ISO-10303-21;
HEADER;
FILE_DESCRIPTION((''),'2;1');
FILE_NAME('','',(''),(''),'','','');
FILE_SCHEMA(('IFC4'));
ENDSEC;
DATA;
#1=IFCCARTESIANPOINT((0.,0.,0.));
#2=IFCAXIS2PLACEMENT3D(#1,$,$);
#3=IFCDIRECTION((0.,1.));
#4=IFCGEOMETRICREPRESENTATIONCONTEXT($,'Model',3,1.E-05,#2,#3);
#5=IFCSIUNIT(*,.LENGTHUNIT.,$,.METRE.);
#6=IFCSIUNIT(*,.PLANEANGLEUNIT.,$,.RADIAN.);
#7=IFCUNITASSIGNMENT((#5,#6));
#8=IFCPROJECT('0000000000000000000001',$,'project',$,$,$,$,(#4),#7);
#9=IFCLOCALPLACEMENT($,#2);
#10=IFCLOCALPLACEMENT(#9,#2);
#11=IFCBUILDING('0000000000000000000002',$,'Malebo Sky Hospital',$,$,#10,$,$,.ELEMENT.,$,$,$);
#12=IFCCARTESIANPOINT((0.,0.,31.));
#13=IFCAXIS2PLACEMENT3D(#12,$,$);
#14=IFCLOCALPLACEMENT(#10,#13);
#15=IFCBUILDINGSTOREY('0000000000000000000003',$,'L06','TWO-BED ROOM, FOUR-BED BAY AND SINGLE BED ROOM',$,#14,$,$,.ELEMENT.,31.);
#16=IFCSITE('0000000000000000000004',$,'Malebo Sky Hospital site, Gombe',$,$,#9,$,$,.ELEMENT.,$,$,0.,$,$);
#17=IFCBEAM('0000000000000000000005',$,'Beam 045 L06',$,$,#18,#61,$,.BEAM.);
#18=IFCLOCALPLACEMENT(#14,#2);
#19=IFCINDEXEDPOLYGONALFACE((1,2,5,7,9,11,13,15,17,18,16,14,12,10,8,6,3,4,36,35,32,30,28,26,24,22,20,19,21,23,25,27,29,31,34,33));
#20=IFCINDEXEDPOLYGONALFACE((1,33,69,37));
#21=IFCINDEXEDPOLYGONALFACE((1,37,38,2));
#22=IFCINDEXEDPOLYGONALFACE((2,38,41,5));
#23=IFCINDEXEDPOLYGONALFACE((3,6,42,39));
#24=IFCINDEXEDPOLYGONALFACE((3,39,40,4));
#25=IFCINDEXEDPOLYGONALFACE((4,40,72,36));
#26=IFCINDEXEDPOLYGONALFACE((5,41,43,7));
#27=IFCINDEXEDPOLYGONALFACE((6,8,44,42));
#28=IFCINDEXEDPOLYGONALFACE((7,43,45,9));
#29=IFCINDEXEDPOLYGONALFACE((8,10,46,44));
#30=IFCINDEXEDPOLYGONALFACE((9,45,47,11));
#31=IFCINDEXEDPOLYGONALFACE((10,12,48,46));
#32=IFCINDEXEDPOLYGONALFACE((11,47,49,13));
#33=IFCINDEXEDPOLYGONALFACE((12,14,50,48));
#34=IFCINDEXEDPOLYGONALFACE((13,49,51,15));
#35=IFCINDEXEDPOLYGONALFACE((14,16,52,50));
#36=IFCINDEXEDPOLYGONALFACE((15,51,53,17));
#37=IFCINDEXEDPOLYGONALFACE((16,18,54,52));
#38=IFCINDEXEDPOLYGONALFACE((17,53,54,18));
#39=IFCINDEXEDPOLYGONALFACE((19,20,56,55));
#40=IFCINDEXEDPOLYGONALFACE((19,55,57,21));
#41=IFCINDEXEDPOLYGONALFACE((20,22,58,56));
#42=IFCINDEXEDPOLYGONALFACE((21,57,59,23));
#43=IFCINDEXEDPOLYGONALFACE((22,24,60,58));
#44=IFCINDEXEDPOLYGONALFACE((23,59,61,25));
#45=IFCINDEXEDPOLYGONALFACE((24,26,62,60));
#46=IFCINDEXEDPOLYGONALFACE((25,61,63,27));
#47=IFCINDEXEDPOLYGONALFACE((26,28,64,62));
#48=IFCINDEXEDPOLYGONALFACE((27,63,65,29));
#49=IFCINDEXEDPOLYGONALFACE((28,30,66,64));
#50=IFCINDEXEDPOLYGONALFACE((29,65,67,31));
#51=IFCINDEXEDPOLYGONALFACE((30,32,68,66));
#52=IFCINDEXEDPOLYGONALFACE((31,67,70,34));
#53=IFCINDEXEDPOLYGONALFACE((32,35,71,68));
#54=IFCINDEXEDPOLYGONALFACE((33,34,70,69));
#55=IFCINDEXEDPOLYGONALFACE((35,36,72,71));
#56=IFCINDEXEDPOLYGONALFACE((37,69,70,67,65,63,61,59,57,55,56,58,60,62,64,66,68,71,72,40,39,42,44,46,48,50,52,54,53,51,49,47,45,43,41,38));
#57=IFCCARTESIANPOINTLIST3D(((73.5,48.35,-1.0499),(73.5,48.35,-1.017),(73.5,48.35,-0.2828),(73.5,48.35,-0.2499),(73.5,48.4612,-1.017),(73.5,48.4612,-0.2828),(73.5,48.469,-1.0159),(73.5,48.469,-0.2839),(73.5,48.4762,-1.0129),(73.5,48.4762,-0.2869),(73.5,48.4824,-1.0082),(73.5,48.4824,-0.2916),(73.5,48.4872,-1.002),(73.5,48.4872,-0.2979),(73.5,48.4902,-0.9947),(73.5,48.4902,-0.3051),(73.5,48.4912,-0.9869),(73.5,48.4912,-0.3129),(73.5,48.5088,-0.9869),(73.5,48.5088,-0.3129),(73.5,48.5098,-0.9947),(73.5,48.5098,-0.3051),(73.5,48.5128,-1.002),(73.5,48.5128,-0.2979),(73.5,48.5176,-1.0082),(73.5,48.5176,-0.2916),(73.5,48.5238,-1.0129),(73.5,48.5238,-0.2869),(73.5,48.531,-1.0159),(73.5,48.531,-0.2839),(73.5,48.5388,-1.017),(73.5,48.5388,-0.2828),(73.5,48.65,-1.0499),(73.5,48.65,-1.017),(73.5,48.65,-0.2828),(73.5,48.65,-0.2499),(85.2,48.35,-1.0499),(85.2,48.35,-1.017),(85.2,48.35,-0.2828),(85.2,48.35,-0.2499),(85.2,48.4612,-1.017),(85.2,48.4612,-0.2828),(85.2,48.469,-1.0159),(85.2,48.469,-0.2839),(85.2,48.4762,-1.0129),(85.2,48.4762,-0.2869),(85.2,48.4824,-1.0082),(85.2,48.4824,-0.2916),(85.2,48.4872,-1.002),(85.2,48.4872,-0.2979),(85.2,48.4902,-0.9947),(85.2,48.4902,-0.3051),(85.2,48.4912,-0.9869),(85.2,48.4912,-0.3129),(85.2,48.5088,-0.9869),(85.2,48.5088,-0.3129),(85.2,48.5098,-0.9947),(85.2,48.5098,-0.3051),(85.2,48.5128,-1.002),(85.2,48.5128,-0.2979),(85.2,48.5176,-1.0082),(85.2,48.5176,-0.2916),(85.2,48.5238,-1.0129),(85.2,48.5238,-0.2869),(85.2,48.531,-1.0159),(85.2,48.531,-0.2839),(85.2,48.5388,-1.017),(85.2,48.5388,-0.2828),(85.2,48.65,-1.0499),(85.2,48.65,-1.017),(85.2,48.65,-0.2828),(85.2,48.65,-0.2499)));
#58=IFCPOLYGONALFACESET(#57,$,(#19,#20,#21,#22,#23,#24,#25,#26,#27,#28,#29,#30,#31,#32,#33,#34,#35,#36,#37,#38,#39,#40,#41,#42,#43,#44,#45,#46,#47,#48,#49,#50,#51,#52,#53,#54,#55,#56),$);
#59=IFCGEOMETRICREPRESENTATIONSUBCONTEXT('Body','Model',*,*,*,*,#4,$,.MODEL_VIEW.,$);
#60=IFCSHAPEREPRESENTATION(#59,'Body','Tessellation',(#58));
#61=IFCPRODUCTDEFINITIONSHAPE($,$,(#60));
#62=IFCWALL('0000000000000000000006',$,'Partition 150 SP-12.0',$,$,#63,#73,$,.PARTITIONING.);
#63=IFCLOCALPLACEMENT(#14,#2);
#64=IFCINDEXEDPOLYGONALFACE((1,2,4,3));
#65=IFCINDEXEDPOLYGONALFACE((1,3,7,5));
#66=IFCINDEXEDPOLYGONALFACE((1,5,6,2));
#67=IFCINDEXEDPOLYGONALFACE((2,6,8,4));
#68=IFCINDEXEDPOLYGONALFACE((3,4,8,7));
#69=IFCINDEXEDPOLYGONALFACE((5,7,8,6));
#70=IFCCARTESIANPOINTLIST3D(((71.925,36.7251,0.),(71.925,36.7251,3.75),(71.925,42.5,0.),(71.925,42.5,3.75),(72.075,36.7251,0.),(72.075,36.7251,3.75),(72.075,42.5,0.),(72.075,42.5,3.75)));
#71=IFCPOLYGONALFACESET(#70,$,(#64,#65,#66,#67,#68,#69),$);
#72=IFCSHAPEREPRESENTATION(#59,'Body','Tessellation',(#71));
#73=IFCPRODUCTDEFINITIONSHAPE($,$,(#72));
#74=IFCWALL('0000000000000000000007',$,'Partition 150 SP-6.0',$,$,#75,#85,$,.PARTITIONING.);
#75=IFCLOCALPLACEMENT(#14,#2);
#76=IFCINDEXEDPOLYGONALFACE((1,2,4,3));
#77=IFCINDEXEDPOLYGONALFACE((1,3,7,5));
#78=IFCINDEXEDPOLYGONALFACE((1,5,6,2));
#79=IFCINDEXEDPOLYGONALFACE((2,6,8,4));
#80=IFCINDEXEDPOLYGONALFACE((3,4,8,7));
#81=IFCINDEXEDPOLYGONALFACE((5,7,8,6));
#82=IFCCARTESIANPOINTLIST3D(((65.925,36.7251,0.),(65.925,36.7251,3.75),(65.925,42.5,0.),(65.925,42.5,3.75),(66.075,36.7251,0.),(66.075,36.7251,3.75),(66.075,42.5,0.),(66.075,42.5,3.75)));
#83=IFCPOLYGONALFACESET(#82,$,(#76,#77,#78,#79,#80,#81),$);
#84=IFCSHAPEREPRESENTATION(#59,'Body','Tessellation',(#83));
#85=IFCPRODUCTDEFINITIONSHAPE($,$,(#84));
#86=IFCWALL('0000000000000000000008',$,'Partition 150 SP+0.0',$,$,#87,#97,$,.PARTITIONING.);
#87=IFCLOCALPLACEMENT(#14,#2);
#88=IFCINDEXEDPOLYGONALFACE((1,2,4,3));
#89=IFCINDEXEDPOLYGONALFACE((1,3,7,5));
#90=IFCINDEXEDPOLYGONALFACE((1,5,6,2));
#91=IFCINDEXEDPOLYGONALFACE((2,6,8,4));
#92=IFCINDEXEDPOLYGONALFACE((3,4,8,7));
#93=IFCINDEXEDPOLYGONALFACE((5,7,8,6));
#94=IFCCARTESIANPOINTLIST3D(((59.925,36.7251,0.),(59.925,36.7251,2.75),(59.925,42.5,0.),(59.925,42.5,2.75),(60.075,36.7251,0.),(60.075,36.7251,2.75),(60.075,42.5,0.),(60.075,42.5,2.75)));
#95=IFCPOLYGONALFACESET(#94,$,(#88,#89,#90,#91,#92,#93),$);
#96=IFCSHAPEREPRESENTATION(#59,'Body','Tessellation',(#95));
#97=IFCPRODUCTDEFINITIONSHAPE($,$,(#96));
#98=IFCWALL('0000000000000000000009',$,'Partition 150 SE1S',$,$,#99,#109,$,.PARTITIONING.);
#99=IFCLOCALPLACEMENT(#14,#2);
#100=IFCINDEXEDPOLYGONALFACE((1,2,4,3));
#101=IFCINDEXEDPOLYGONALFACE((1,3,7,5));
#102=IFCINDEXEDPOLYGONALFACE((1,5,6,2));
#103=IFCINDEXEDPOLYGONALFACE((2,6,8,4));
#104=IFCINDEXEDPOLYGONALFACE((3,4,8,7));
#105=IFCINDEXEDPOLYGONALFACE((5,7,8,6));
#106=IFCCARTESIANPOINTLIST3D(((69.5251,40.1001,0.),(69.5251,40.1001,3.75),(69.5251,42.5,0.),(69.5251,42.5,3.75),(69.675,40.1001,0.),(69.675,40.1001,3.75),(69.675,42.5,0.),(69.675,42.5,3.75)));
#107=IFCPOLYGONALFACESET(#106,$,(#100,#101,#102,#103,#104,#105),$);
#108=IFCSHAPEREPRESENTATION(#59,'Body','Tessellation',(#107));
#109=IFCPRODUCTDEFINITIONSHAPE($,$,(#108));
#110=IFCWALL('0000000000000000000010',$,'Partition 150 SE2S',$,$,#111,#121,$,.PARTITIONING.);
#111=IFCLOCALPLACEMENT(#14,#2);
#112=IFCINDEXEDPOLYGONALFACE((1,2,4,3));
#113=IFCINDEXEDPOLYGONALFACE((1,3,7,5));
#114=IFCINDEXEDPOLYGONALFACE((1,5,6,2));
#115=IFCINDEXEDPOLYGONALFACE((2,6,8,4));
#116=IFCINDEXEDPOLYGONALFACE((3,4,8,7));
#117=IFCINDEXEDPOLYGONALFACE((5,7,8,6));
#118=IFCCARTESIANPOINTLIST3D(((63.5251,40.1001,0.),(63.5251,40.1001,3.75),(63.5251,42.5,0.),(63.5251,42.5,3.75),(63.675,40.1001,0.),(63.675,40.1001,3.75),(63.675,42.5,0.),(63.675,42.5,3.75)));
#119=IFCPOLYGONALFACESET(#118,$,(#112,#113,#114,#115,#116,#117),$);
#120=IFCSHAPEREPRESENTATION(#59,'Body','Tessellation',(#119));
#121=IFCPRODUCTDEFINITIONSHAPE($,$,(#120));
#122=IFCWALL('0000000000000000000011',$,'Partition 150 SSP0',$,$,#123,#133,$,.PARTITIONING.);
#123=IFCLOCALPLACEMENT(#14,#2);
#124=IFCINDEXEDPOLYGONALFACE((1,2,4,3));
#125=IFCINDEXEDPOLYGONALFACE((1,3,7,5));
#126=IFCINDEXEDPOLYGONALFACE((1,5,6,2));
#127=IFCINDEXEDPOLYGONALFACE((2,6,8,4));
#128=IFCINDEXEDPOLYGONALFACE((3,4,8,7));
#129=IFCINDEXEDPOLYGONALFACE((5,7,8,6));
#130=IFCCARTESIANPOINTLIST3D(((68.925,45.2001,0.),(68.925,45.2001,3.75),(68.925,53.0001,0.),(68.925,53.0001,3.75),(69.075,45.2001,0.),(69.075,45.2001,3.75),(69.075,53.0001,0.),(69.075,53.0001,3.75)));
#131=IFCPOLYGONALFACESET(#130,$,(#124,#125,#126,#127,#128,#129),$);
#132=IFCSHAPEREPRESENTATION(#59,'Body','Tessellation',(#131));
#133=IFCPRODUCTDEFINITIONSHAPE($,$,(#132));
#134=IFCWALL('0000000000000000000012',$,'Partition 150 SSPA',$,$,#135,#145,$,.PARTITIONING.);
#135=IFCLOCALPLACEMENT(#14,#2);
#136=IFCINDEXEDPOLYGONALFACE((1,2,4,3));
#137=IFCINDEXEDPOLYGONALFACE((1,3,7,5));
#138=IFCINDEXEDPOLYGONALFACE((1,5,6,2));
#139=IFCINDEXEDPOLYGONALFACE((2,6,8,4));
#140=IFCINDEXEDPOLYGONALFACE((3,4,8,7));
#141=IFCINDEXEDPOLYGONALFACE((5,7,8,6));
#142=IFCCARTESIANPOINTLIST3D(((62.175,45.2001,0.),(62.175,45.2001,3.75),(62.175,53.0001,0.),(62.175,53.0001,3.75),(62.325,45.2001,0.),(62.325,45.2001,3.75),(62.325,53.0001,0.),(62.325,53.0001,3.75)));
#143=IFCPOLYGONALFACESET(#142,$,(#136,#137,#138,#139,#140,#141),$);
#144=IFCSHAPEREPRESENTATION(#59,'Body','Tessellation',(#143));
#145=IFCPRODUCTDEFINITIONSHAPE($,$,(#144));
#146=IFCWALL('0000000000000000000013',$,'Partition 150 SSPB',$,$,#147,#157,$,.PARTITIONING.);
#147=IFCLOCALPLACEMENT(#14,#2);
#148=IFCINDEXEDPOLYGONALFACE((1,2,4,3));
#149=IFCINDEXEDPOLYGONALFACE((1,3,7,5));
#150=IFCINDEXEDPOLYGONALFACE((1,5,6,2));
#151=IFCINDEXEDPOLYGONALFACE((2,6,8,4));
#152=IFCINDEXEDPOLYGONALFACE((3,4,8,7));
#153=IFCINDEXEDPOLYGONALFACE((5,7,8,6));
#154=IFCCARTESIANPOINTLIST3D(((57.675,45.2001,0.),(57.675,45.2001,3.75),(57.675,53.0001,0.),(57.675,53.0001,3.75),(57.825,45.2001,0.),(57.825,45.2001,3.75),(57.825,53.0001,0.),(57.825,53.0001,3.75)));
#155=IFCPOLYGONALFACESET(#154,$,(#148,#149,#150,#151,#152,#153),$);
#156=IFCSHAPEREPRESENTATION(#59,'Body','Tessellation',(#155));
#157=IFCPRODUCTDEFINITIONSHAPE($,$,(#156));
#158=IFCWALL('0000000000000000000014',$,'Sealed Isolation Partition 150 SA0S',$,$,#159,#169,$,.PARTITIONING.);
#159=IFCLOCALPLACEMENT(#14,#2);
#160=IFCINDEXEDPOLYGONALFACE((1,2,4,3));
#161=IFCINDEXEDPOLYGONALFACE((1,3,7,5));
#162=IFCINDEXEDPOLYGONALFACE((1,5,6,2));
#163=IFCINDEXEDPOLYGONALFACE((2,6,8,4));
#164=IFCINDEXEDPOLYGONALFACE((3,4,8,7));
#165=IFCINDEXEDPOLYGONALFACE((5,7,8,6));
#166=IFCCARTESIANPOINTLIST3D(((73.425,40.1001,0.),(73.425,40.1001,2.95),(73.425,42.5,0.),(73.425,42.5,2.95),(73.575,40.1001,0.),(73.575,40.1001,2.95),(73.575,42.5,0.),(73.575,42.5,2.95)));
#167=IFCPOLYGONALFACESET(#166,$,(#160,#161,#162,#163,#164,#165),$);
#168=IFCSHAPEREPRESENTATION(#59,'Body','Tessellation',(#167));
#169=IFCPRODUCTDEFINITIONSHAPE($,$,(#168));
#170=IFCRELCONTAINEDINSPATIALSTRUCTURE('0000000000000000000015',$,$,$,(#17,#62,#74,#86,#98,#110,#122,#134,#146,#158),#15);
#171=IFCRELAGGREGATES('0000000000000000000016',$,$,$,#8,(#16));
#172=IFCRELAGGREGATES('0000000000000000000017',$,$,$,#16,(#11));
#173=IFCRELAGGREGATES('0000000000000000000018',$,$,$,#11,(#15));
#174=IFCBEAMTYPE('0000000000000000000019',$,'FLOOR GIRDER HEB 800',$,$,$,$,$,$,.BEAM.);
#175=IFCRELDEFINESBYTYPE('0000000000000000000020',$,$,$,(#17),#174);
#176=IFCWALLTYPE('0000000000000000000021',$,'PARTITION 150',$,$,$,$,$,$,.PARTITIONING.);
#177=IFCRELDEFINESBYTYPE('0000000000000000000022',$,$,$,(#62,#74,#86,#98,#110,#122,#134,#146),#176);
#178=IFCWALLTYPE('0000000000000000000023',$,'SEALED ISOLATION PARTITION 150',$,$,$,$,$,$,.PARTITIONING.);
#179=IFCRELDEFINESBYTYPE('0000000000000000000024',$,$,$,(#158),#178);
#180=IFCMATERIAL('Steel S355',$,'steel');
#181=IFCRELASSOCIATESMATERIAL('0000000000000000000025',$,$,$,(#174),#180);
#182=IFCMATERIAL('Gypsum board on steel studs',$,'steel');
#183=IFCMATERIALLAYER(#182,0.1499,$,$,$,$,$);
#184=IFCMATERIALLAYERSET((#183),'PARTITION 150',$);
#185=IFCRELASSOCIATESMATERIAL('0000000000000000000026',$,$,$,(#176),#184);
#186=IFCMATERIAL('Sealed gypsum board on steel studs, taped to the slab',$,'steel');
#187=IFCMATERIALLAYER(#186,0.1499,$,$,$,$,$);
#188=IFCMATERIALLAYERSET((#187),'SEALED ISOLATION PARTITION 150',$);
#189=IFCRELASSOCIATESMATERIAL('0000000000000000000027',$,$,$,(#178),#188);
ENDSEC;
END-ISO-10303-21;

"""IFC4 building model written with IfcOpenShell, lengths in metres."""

from ifc_helpers import new_model, si_unit, direction, frame, frame_2d, origin, origin_2d, place, context, subcontext, project, spatial, rectangle, i_section, extrude, material, layer, layer_set, material_profile, profile_set, type_object, element, save


model = new_model("IFC4")

# Units and contexts
model_context = context("Model", 3, precision=1e-05, world=origin(), true_north=direction((0.0, 1.0)))
body_context = subcontext(model_context, "Body", "Model", "MODEL_VIEW")
ifc_project = project(units=[si_unit("LENGTHUNIT", "METRE"), si_unit("PLANEANGLEUNIT", "RADIAN")], contexts=[model_context])

# Site, building, storey
site_placement = place(None, origin())
site = spatial("IfcSite", under=ifc_project, at=site_placement, Name="Malebo Sky Hospital site, Gombe", CompositionType="ELEMENT", RefElevation=0.0)
building_placement = place(site_placement, origin())
building = spatial("IfcBuilding", under=site, at=building_placement, Name="Malebo Sky Hospital", CompositionType="ELEMENT")
storey_placement = place(building_placement, frame((0.0, 0.0, 31.0)))
storey = spatial("IfcBuildingStorey", under=building, at=storey_placement, Name="L06", Description="TWO-BED ROOM, FOUR-BED BAY AND SINGLE BED ROOM", CompositionType="ELEMENT", Elevation=31.0)

# Beam
ifc_material_1 = material(Name="Steel S355", Category="steel")
ifc_material_profile_1 = material_profile(ifc_material_1, i_section(OverallWidth=0.3, OverallDepth=0.8, WebThickness=0.0176, FlangeThickness=0.033, FilletRadius=0.03, at=origin_2d()), Name="HEB 800")
ifc_profile_set_1 = profile_set([ifc_material_profile_1], Name="Steel S355")
beam_type_1 = type_object("IfcBeamType", Name="FLOOR GIRDER HEB 800", PredefinedType="BEAM", material=ifc_profile_set_1)
beam_1_placement = place(storey_placement, frame((73.5, 48.5, -0.6499), z_axis=(1.0, 0.0, 0.0), x_axis=(0.0, 1.0, 0.0)))
element("IfcBeam", 1, at=beam_1_placement, inside=storey, type_object=beam_type_1, Name="Beam 045 L06", PredefinedType="BEAM", context=body_context, shape_type="SweptSolid", body=[
    extrude(i_section(OverallWidth=0.3, OverallDepth=0.8, WebThickness=0.0176, FlangeThickness=0.033, FilletRadius=0.03, at=origin_2d()), origin(), (0.0, 0.0, 1.0), 11.7),
])

# Walls
ifc_material_2 = material(Name="Gypsum board on steel studs", Category="steel")
ifc_layer_1 = layer(ifc_material_2, 0.1499)
ifc_layer_set_1 = layer_set([ifc_layer_1], Name="PARTITION 150")
wall_type_1 = type_object("IfcWallType", Name="PARTITION 150", PredefinedType="PARTITIONING", material=ifc_layer_set_1)
for number, where, z_axis, x_axis, name in (
    (2, (72.0, 42.5, 0.0), (0.0, 0.0, 1.0), (0.0, -1.0, 0.0), "Partition 150 SP-12.0"),
    (3, (66.0, 42.5, 0.0), (0.0, 0.0, 1.0), (0.0, -1.0, 0.0), "Partition 150 SP-6.0"),
):
    element("IfcWall", number, at=place(storey_placement, frame(where, z_axis=z_axis, x_axis=x_axis)), inside=storey, type_object=wall_type_1, Name=name, PredefinedType="PARTITIONING", context=body_context, shape_type="SweptSolid", body=[
        extrude(rectangle(XDim=5.7749, YDim=0.1499, at=frame_2d((2.8875, 0.0))), origin(), (0.0, 0.0, 1.0), 3.75),
    ])
wall_1_placement = place(storey_placement, frame((60.0, 42.5, 0.0), z_axis=(0.0, 0.0, 1.0), x_axis=(0.0, -1.0, 0.0)))
element("IfcWall", 4, at=wall_1_placement, inside=storey, type_object=wall_type_1, Name="Partition 150 SP+0.0", PredefinedType="PARTITIONING", context=body_context, shape_type="SweptSolid", body=[
    extrude(rectangle(XDim=5.7749, YDim=0.1499, at=frame_2d((2.8875, 0.0))), origin(), (0.0, 0.0, 1.0), 2.75),
])
for number, where, z_axis, x_axis, name in (
    (5, (69.6001, 42.5, 0.0), (0.0, 0.0, 1.0), (0.0, -1.0, 0.0), "Partition 150 SE1S"),
    (6, (63.6001, 42.5, 0.0), (0.0, 0.0, 1.0), (0.0, -1.0, 0.0), "Partition 150 SE2S"),
):
    element("IfcWall", number, at=place(storey_placement, frame(where, z_axis=z_axis, x_axis=x_axis)), inside=storey, type_object=wall_type_1, Name=name, PredefinedType="PARTITIONING", context=body_context, shape_type="SweptSolid", body=[
        extrude(rectangle(XDim=2.3999, YDim=0.1499, at=frame_2d((1.2, 0.0))), origin(), (0.0, 0.0, 1.0), 3.75),
    ])
for number, where, z_axis, x_axis, name in (
    (7, (69.0, 53.0, 0.0), (0.0, 0.0, 1.0), (0.0, -1.0, 0.0), "Partition 150 SSP0"),
    (8, (62.25, 53.0, 0.0), (0.0, 0.0, 1.0), (0.0, -1.0, 0.0), "Partition 150 SSPA"),
    (9, (57.75, 53.0, 0.0), (0.0, 0.0, 1.0), (0.0, -1.0, 0.0), "Partition 150 SSPB"),
):
    element("IfcWall", number, at=place(storey_placement, frame(where, z_axis=z_axis, x_axis=x_axis)), inside=storey, type_object=wall_type_1, Name=name, PredefinedType="PARTITIONING", context=body_context, shape_type="SweptSolid", body=[
        extrude(rectangle(XDim=7.8, YDim=0.1499, at=frame_2d((3.8999, 0.0))), origin(), (0.0, 0.0, 1.0), 3.75),
    ])
ifc_material_3 = material(Name="Sealed gypsum board on steel studs, taped to the slab", Category="steel")
ifc_layer_2 = layer(ifc_material_3, 0.1499)
ifc_layer_set_2 = layer_set([ifc_layer_2], Name="SEALED ISOLATION PARTITION 150")
wall_type_2 = type_object("IfcWallType", Name="SEALED ISOLATION PARTITION 150", PredefinedType="PARTITIONING", material=ifc_layer_set_2)
wall_2_placement = place(storey_placement, frame((73.5, 42.5, 0.0), z_axis=(0.0, 0.0, 1.0), x_axis=(0.0, -1.0, 0.0)))
element("IfcWall", 10, at=wall_2_placement, inside=storey, type_object=wall_type_2, Name="Sealed Isolation Partition 150 SA0S", PredefinedType="PARTITIONING", context=body_context, shape_type="SweptSolid", body=[
    extrude(rectangle(XDim=2.3999, YDim=0.1499, at=frame_2d((1.2, 0.0))), origin(), (0.0, 0.0, 1.0), 2.95),
])

save(model, "model.ifc")
